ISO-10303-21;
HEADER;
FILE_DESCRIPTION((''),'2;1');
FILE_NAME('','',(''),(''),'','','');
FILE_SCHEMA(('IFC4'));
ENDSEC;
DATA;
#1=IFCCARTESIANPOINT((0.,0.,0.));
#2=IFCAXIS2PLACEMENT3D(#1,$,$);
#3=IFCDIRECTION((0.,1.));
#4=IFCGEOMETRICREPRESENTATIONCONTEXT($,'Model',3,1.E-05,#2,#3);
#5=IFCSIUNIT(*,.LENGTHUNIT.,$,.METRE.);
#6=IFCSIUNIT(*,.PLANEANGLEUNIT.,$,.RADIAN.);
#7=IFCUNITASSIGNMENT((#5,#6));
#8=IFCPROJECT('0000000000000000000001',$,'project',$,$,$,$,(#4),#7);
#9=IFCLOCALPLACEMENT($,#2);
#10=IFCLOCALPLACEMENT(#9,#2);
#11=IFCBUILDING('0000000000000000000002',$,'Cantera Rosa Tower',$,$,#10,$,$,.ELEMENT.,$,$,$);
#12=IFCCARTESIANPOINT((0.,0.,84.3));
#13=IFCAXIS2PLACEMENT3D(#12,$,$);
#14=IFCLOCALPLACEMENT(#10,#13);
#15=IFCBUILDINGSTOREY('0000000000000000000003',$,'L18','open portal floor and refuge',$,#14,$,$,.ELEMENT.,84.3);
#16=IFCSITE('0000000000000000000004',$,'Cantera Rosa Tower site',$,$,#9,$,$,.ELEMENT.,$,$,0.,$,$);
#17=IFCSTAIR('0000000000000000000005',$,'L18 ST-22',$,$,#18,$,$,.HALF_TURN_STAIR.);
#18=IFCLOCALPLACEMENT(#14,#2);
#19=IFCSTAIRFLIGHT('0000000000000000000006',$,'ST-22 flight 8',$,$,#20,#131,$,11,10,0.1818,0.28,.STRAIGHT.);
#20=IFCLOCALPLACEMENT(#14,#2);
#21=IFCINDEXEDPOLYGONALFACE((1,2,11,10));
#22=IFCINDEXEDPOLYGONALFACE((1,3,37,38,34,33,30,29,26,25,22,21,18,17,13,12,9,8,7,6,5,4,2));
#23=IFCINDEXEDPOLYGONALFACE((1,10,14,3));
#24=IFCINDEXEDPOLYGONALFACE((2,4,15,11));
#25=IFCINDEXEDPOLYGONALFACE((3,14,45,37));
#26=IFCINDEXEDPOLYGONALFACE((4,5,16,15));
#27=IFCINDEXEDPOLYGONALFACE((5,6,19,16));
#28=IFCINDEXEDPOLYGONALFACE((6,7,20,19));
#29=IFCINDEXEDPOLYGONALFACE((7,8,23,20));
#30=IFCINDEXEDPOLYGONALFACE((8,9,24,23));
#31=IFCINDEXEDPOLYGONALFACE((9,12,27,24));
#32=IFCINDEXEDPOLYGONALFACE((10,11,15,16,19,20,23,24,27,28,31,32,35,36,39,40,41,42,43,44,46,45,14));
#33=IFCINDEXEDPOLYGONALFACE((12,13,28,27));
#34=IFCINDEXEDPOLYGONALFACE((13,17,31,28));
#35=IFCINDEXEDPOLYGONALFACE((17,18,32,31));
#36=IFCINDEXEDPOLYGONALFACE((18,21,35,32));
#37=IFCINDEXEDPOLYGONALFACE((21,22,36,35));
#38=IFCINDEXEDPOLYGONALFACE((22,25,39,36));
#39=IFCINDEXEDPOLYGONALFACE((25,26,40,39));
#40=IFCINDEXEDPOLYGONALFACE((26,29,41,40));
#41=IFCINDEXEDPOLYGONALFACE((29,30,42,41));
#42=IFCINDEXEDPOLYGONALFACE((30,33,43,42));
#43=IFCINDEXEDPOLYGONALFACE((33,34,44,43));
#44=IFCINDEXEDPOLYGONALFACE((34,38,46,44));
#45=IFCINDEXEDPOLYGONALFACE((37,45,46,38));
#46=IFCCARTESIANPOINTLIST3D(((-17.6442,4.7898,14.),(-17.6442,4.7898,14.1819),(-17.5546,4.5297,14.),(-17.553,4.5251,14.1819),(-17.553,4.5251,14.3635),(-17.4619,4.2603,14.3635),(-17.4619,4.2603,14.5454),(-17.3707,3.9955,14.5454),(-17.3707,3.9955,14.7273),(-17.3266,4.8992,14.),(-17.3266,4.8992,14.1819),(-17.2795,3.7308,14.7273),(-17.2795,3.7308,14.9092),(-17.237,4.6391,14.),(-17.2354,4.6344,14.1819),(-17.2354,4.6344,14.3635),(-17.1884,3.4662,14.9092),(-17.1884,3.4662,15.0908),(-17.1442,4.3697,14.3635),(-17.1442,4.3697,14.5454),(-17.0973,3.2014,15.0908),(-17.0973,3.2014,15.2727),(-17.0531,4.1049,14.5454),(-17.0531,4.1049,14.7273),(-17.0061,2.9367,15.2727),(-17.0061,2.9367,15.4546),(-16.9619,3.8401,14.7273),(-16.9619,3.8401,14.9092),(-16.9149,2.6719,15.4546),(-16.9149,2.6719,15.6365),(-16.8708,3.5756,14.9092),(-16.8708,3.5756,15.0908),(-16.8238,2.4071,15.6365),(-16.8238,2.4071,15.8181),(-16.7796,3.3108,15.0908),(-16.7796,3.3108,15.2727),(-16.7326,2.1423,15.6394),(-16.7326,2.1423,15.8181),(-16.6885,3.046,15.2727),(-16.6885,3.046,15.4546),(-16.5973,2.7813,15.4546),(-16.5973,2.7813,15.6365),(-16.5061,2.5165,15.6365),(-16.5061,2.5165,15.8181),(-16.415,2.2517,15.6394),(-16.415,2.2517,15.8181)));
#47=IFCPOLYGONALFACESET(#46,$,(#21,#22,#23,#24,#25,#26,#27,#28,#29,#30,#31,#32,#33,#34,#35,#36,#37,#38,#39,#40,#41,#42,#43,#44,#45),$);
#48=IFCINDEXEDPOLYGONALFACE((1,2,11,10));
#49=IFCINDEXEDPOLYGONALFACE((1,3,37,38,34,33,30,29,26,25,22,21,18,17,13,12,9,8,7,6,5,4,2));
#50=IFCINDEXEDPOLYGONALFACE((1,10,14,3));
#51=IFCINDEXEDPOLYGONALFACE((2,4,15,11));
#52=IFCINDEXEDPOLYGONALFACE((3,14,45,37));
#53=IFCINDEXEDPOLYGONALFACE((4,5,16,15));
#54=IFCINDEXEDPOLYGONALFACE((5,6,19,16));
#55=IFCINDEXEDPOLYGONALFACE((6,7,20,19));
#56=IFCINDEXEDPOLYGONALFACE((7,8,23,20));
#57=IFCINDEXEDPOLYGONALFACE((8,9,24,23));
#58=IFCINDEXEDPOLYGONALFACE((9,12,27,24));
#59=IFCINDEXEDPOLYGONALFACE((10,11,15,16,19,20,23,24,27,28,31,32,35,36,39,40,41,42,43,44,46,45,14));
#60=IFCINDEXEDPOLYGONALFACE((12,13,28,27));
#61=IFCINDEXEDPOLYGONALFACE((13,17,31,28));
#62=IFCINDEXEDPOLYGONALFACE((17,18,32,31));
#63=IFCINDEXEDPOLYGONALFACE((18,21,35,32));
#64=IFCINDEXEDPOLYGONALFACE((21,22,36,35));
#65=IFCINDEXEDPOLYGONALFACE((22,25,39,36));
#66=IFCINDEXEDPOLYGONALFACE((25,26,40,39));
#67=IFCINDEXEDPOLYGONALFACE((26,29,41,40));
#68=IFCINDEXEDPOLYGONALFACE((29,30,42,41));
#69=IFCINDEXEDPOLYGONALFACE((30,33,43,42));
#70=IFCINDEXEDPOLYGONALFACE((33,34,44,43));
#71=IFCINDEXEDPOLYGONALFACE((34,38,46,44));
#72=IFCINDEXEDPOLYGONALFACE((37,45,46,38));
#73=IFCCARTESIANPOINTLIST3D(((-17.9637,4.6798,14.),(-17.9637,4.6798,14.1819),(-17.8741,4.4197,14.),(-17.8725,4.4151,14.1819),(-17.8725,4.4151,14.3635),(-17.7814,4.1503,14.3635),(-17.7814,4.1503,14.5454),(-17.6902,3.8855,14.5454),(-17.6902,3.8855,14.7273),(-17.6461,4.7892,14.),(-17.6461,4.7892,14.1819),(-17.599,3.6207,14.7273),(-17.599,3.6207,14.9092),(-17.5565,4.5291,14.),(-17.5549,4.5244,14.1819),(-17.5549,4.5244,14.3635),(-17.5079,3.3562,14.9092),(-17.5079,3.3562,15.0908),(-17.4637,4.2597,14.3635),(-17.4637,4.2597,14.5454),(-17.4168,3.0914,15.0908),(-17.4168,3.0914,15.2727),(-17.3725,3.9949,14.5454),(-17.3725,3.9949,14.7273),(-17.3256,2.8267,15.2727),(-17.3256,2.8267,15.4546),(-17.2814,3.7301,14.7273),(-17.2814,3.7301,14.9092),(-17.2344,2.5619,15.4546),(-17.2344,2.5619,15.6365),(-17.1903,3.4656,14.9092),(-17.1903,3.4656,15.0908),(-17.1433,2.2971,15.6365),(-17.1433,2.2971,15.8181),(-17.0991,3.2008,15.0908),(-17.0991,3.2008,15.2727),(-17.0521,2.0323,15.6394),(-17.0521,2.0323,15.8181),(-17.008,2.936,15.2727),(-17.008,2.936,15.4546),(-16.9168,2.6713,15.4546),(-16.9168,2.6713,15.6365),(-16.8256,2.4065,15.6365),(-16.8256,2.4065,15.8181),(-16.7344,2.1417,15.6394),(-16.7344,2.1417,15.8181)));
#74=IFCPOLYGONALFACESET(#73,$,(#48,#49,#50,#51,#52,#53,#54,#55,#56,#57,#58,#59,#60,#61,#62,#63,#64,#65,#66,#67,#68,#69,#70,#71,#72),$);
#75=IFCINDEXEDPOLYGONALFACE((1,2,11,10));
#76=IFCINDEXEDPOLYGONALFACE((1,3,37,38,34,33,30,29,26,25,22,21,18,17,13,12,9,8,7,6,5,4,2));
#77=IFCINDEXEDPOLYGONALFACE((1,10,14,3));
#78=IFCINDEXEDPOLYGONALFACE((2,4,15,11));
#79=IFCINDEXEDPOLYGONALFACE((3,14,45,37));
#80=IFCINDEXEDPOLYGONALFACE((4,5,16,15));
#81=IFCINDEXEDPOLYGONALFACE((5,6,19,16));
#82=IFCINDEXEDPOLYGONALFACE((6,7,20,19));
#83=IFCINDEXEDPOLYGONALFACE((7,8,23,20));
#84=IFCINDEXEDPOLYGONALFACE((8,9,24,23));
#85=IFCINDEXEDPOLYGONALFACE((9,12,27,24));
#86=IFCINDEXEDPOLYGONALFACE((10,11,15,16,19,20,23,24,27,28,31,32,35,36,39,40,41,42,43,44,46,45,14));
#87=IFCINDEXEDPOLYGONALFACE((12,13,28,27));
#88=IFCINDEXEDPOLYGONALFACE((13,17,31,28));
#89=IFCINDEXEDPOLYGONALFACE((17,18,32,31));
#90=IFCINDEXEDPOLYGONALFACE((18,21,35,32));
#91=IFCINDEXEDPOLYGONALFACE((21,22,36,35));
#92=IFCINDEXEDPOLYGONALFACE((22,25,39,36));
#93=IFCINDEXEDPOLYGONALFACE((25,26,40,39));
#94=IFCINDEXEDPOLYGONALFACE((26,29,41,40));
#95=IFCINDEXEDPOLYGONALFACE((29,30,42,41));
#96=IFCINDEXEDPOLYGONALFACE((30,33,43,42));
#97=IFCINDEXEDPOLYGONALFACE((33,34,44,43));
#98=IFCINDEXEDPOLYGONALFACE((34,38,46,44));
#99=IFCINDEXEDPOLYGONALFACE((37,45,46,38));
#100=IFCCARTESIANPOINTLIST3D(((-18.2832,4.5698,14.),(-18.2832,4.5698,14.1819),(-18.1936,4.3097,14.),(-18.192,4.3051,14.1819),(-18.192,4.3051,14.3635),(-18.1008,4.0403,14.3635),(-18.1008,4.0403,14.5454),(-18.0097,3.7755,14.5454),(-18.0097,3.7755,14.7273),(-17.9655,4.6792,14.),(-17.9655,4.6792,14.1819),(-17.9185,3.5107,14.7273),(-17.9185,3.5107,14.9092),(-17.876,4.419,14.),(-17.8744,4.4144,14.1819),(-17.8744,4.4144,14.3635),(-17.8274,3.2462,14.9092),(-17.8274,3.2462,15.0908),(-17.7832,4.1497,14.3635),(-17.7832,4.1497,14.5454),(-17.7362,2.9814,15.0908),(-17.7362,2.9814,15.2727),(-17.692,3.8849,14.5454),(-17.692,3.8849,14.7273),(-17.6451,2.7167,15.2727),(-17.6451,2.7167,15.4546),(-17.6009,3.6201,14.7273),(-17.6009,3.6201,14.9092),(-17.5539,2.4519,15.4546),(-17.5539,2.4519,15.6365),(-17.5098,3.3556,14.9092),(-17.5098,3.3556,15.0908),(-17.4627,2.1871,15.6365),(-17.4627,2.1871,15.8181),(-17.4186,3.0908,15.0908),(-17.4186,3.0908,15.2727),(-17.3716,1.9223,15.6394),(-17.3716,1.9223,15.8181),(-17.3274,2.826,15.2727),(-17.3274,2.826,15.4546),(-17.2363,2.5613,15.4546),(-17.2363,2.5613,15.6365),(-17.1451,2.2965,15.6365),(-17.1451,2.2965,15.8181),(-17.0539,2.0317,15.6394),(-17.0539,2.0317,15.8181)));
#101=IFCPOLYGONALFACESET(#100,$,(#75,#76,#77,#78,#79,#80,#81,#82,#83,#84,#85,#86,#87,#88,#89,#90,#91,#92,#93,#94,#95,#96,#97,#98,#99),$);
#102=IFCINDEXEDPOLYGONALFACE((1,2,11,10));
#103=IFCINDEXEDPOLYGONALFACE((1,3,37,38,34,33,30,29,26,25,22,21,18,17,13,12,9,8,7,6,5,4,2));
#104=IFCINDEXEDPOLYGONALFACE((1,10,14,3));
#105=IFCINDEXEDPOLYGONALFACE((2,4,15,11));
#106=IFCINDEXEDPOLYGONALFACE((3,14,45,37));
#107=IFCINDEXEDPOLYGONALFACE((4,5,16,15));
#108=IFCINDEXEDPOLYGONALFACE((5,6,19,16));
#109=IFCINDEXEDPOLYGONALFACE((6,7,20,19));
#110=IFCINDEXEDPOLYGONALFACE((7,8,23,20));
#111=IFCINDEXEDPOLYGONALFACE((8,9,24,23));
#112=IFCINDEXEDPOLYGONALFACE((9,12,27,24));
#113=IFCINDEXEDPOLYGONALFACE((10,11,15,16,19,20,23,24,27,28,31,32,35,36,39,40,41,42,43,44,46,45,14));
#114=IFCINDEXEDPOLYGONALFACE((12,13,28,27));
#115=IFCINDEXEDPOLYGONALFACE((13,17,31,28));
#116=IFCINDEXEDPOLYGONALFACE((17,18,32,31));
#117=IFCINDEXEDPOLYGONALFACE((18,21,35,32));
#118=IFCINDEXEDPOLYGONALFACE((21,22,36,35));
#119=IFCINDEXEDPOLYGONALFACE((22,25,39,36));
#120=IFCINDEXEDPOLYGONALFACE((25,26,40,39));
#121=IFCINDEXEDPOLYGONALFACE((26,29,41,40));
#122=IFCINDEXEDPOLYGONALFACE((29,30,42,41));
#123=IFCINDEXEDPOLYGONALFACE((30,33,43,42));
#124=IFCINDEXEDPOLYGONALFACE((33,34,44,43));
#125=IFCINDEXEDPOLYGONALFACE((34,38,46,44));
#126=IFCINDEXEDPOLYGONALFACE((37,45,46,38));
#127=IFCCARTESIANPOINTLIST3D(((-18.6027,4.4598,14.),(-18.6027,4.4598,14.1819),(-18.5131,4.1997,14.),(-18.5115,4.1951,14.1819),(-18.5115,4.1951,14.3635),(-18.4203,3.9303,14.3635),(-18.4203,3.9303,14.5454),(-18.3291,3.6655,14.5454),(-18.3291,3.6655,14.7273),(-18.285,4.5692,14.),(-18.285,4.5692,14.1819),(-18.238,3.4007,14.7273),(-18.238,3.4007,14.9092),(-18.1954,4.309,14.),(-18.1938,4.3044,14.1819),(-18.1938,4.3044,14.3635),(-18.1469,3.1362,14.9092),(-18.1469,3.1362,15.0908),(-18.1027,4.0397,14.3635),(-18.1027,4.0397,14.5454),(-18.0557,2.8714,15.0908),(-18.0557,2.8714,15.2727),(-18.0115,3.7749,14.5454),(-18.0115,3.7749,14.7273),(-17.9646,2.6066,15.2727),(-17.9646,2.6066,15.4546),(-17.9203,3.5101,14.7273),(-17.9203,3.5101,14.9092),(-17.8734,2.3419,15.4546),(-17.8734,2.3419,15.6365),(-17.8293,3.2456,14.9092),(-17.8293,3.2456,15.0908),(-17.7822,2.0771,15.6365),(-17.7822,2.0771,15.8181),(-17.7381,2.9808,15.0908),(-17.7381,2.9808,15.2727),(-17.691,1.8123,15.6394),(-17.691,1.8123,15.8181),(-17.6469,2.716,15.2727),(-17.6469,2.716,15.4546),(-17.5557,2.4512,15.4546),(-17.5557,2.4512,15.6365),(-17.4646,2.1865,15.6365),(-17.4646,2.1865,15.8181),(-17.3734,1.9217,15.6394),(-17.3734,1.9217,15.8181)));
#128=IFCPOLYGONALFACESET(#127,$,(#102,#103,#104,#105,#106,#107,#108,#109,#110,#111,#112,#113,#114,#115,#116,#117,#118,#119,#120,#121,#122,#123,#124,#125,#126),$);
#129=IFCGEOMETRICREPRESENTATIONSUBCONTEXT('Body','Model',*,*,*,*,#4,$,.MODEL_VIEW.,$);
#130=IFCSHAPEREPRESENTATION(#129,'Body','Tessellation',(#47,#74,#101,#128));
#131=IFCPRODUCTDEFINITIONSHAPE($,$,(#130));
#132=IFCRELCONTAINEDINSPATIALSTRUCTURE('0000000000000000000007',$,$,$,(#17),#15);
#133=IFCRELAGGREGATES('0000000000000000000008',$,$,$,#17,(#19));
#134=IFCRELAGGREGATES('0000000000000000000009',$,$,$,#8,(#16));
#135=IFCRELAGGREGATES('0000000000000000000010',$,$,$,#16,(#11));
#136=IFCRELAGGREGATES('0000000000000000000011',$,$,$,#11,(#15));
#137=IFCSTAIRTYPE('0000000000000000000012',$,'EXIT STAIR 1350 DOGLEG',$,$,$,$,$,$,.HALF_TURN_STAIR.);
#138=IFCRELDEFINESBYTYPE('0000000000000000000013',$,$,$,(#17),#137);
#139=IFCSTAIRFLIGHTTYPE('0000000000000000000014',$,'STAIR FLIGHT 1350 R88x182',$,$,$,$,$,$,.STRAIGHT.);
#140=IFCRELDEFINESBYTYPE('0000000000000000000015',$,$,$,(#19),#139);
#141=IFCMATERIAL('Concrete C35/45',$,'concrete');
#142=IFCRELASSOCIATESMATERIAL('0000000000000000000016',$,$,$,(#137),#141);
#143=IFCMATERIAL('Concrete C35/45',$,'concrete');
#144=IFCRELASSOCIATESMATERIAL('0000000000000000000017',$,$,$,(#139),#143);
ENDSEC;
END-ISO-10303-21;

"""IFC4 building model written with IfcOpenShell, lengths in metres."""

from ifc_helpers import new_model, si_unit, direction, frame, origin, place, context, subcontext, project, spatial, polyline, outline, extrude, material, type_object, element, aggregate, save


model = new_model("IFC4")

# Units and contexts
model_context = context("Model", 3, precision=1e-05, world=origin(), true_north=direction((0.0, 1.0)))
body_context = subcontext(model_context, "Body", "Model", "MODEL_VIEW")
ifc_project = project(units=[si_unit("LENGTHUNIT", "METRE"), si_unit("PLANEANGLEUNIT", "RADIAN")], contexts=[model_context])

# Site, building, storey
site_placement = place(None, origin())
site = spatial("IfcSite", under=ifc_project, at=site_placement, Name="Cantera Rosa Tower site", CompositionType="ELEMENT", RefElevation=0.0)
building_placement = place(site_placement, origin())
building = spatial("IfcBuilding", under=site, at=building_placement, Name="Cantera Rosa Tower", CompositionType="ELEMENT")
storey_placement = place(building_placement, frame((0.0, 0.0, 84.3)))
storey = spatial("IfcBuildingStorey", under=building, at=storey_placement, Name="L18", Description="open portal floor and refuge", CompositionType="ELEMENT", Elevation=84.3)

# Stair, stair flight
ifc_material_1 = material(Name="Concrete C35/45", Category="concrete")
stair_type = type_object("IfcStairType", Name="EXIT STAIR 1350 DOGLEG", PredefinedType="HALF_TURN_STAIR", material=ifc_material_1)
stair_placement = place(storey_placement, origin())
stair = element("IfcStair", 1, at=stair_placement, inside=storey, type_object=stair_type, Name="L18 ST-22", PredefinedType="HALF_TURN_STAIR")
ifc_material_2 = material(Name="Concrete C35/45", Category="concrete")
stair_flight_type = type_object("IfcStairFlightType", Name="STAIR FLIGHT 1350 R88x182", PredefinedType="STRAIGHT", material=ifc_material_2)
stair_flight_1_placement = place(storey_placement, frame((-17.9648, 4.6794, 14.0), z_axis=(0.0, 0.0, 1.0), x_axis=(0.325568, -0.945519, 0.0)))
stair_flight_1 = element("IfcStairFlight", 2, at=stair_flight_1_placement, type_object=stair_flight_type, Name="ST-22 flight 8", NumberOfRisers=11, NumberOfTreads=10, PredefinedType="STRAIGHT", RiserHeight=0.1818, TreadLength=0.28, context=body_context, shape_type="SweptSolid", body=[
    extrude(outline(polyline([(0.0, 0.0), (0.0, 0.1819), (0.28, 0.1819), (0.28, 0.3635), (0.5601, 0.3635), (0.5601, 0.5454), (0.8401, 0.5454), (0.8401, 0.7273), (1.1201, 0.7273), (1.1201, 0.9092), (1.3999, 0.9092), (1.3999, 1.0908), (1.6799, 1.0908), (1.6799, 1.2727), (1.96, 1.2727), (1.96, 1.4546), (2.24, 1.4546), (2.24, 1.6365), (2.52, 1.6365), (2.52, 1.8181), (2.8, 1.8181), (2.8, 2.0), (2.8, 1.6394), (0.2751, 0.0), (0.0, 0.0)])), frame((0.0, 0.675, 0.0), z_axis=(0.0, -1.0, 0.0), x_axis=(1.0, 0.0, 0.0)), (0.0, 0.0, 1.0), 0.3359),
    extrude(outline(polyline([(0.0, 0.0), (0.0, 0.1819), (0.28, 0.1819), (0.28, 0.3635), (0.5601, 0.3635), (0.5601, 0.5454), (0.8401, 0.5454), (0.8401, 0.7273), (1.1201, 0.7273), (1.1201, 0.9092), (1.3999, 0.9092), (1.3999, 1.0908), (1.6799, 1.0908), (1.6799, 1.2727), (1.96, 1.2727), (1.96, 1.4546), (2.24, 1.4546), (2.24, 1.6365), (2.52, 1.6365), (2.52, 1.8181), (2.8, 1.8181), (2.8, 2.0), (2.8, 1.6394), (0.2751, 0.0), (0.0, 0.0)])), frame((0.0, 0.3372, 0.0), z_axis=(0.0, -1.0, 0.0), x_axis=(1.0, 0.0, 0.0)), (0.0, 0.0, 1.0), 0.3359),
    extrude(outline(polyline([(0.0, 0.0), (0.0, 0.1819), (0.28, 0.1819), (0.28, 0.3635), (0.5601, 0.3635), (0.5601, 0.5454), (0.8401, 0.5454), (0.8401, 0.7273), (1.1201, 0.7273), (1.1201, 0.9092), (1.3999, 0.9092), (1.3999, 1.0908), (1.6799, 1.0908), (1.6799, 1.2727), (1.96, 1.2727), (1.96, 1.4546), (2.24, 1.4546), (2.24, 1.6365), (2.52, 1.6365), (2.52, 1.8181), (2.8, 1.8181), (2.8, 2.0), (2.8, 1.6394), (0.2751, 0.0), (0.0, 0.0)])), frame((0.0, -0.0007, 0.0), z_axis=(0.0, -1.0, 0.0), x_axis=(1.0, 0.0, 0.0)), (0.0, 0.0, 1.0), 0.3359),
    extrude(outline(polyline([(0.0, 0.0), (0.0, 0.1819), (0.28, 0.1819), (0.28, 0.3635), (0.5601, 0.3635), (0.5601, 0.5454), (0.8401, 0.5454), (0.8401, 0.7273), (1.1201, 0.7273), (1.1201, 0.9092), (1.3999, 0.9092), (1.3999, 1.0908), (1.6799, 1.0908), (1.6799, 1.2727), (1.96, 1.2727), (1.96, 1.4546), (2.24, 1.4546), (2.24, 1.6365), (2.52, 1.6365), (2.52, 1.8181), (2.8, 1.8181), (2.8, 2.0), (2.8, 1.6394), (0.2751, 0.0), (0.0, 0.0)])), frame((0.0, -0.3386, 0.0), z_axis=(0.0, -1.0, 0.0), x_axis=(1.0, 0.0, 0.0)), (0.0, 0.0, 1.0), 0.3359),
])
aggregate(stair, [stair_flight_1])

save(model, "model.ifc")
